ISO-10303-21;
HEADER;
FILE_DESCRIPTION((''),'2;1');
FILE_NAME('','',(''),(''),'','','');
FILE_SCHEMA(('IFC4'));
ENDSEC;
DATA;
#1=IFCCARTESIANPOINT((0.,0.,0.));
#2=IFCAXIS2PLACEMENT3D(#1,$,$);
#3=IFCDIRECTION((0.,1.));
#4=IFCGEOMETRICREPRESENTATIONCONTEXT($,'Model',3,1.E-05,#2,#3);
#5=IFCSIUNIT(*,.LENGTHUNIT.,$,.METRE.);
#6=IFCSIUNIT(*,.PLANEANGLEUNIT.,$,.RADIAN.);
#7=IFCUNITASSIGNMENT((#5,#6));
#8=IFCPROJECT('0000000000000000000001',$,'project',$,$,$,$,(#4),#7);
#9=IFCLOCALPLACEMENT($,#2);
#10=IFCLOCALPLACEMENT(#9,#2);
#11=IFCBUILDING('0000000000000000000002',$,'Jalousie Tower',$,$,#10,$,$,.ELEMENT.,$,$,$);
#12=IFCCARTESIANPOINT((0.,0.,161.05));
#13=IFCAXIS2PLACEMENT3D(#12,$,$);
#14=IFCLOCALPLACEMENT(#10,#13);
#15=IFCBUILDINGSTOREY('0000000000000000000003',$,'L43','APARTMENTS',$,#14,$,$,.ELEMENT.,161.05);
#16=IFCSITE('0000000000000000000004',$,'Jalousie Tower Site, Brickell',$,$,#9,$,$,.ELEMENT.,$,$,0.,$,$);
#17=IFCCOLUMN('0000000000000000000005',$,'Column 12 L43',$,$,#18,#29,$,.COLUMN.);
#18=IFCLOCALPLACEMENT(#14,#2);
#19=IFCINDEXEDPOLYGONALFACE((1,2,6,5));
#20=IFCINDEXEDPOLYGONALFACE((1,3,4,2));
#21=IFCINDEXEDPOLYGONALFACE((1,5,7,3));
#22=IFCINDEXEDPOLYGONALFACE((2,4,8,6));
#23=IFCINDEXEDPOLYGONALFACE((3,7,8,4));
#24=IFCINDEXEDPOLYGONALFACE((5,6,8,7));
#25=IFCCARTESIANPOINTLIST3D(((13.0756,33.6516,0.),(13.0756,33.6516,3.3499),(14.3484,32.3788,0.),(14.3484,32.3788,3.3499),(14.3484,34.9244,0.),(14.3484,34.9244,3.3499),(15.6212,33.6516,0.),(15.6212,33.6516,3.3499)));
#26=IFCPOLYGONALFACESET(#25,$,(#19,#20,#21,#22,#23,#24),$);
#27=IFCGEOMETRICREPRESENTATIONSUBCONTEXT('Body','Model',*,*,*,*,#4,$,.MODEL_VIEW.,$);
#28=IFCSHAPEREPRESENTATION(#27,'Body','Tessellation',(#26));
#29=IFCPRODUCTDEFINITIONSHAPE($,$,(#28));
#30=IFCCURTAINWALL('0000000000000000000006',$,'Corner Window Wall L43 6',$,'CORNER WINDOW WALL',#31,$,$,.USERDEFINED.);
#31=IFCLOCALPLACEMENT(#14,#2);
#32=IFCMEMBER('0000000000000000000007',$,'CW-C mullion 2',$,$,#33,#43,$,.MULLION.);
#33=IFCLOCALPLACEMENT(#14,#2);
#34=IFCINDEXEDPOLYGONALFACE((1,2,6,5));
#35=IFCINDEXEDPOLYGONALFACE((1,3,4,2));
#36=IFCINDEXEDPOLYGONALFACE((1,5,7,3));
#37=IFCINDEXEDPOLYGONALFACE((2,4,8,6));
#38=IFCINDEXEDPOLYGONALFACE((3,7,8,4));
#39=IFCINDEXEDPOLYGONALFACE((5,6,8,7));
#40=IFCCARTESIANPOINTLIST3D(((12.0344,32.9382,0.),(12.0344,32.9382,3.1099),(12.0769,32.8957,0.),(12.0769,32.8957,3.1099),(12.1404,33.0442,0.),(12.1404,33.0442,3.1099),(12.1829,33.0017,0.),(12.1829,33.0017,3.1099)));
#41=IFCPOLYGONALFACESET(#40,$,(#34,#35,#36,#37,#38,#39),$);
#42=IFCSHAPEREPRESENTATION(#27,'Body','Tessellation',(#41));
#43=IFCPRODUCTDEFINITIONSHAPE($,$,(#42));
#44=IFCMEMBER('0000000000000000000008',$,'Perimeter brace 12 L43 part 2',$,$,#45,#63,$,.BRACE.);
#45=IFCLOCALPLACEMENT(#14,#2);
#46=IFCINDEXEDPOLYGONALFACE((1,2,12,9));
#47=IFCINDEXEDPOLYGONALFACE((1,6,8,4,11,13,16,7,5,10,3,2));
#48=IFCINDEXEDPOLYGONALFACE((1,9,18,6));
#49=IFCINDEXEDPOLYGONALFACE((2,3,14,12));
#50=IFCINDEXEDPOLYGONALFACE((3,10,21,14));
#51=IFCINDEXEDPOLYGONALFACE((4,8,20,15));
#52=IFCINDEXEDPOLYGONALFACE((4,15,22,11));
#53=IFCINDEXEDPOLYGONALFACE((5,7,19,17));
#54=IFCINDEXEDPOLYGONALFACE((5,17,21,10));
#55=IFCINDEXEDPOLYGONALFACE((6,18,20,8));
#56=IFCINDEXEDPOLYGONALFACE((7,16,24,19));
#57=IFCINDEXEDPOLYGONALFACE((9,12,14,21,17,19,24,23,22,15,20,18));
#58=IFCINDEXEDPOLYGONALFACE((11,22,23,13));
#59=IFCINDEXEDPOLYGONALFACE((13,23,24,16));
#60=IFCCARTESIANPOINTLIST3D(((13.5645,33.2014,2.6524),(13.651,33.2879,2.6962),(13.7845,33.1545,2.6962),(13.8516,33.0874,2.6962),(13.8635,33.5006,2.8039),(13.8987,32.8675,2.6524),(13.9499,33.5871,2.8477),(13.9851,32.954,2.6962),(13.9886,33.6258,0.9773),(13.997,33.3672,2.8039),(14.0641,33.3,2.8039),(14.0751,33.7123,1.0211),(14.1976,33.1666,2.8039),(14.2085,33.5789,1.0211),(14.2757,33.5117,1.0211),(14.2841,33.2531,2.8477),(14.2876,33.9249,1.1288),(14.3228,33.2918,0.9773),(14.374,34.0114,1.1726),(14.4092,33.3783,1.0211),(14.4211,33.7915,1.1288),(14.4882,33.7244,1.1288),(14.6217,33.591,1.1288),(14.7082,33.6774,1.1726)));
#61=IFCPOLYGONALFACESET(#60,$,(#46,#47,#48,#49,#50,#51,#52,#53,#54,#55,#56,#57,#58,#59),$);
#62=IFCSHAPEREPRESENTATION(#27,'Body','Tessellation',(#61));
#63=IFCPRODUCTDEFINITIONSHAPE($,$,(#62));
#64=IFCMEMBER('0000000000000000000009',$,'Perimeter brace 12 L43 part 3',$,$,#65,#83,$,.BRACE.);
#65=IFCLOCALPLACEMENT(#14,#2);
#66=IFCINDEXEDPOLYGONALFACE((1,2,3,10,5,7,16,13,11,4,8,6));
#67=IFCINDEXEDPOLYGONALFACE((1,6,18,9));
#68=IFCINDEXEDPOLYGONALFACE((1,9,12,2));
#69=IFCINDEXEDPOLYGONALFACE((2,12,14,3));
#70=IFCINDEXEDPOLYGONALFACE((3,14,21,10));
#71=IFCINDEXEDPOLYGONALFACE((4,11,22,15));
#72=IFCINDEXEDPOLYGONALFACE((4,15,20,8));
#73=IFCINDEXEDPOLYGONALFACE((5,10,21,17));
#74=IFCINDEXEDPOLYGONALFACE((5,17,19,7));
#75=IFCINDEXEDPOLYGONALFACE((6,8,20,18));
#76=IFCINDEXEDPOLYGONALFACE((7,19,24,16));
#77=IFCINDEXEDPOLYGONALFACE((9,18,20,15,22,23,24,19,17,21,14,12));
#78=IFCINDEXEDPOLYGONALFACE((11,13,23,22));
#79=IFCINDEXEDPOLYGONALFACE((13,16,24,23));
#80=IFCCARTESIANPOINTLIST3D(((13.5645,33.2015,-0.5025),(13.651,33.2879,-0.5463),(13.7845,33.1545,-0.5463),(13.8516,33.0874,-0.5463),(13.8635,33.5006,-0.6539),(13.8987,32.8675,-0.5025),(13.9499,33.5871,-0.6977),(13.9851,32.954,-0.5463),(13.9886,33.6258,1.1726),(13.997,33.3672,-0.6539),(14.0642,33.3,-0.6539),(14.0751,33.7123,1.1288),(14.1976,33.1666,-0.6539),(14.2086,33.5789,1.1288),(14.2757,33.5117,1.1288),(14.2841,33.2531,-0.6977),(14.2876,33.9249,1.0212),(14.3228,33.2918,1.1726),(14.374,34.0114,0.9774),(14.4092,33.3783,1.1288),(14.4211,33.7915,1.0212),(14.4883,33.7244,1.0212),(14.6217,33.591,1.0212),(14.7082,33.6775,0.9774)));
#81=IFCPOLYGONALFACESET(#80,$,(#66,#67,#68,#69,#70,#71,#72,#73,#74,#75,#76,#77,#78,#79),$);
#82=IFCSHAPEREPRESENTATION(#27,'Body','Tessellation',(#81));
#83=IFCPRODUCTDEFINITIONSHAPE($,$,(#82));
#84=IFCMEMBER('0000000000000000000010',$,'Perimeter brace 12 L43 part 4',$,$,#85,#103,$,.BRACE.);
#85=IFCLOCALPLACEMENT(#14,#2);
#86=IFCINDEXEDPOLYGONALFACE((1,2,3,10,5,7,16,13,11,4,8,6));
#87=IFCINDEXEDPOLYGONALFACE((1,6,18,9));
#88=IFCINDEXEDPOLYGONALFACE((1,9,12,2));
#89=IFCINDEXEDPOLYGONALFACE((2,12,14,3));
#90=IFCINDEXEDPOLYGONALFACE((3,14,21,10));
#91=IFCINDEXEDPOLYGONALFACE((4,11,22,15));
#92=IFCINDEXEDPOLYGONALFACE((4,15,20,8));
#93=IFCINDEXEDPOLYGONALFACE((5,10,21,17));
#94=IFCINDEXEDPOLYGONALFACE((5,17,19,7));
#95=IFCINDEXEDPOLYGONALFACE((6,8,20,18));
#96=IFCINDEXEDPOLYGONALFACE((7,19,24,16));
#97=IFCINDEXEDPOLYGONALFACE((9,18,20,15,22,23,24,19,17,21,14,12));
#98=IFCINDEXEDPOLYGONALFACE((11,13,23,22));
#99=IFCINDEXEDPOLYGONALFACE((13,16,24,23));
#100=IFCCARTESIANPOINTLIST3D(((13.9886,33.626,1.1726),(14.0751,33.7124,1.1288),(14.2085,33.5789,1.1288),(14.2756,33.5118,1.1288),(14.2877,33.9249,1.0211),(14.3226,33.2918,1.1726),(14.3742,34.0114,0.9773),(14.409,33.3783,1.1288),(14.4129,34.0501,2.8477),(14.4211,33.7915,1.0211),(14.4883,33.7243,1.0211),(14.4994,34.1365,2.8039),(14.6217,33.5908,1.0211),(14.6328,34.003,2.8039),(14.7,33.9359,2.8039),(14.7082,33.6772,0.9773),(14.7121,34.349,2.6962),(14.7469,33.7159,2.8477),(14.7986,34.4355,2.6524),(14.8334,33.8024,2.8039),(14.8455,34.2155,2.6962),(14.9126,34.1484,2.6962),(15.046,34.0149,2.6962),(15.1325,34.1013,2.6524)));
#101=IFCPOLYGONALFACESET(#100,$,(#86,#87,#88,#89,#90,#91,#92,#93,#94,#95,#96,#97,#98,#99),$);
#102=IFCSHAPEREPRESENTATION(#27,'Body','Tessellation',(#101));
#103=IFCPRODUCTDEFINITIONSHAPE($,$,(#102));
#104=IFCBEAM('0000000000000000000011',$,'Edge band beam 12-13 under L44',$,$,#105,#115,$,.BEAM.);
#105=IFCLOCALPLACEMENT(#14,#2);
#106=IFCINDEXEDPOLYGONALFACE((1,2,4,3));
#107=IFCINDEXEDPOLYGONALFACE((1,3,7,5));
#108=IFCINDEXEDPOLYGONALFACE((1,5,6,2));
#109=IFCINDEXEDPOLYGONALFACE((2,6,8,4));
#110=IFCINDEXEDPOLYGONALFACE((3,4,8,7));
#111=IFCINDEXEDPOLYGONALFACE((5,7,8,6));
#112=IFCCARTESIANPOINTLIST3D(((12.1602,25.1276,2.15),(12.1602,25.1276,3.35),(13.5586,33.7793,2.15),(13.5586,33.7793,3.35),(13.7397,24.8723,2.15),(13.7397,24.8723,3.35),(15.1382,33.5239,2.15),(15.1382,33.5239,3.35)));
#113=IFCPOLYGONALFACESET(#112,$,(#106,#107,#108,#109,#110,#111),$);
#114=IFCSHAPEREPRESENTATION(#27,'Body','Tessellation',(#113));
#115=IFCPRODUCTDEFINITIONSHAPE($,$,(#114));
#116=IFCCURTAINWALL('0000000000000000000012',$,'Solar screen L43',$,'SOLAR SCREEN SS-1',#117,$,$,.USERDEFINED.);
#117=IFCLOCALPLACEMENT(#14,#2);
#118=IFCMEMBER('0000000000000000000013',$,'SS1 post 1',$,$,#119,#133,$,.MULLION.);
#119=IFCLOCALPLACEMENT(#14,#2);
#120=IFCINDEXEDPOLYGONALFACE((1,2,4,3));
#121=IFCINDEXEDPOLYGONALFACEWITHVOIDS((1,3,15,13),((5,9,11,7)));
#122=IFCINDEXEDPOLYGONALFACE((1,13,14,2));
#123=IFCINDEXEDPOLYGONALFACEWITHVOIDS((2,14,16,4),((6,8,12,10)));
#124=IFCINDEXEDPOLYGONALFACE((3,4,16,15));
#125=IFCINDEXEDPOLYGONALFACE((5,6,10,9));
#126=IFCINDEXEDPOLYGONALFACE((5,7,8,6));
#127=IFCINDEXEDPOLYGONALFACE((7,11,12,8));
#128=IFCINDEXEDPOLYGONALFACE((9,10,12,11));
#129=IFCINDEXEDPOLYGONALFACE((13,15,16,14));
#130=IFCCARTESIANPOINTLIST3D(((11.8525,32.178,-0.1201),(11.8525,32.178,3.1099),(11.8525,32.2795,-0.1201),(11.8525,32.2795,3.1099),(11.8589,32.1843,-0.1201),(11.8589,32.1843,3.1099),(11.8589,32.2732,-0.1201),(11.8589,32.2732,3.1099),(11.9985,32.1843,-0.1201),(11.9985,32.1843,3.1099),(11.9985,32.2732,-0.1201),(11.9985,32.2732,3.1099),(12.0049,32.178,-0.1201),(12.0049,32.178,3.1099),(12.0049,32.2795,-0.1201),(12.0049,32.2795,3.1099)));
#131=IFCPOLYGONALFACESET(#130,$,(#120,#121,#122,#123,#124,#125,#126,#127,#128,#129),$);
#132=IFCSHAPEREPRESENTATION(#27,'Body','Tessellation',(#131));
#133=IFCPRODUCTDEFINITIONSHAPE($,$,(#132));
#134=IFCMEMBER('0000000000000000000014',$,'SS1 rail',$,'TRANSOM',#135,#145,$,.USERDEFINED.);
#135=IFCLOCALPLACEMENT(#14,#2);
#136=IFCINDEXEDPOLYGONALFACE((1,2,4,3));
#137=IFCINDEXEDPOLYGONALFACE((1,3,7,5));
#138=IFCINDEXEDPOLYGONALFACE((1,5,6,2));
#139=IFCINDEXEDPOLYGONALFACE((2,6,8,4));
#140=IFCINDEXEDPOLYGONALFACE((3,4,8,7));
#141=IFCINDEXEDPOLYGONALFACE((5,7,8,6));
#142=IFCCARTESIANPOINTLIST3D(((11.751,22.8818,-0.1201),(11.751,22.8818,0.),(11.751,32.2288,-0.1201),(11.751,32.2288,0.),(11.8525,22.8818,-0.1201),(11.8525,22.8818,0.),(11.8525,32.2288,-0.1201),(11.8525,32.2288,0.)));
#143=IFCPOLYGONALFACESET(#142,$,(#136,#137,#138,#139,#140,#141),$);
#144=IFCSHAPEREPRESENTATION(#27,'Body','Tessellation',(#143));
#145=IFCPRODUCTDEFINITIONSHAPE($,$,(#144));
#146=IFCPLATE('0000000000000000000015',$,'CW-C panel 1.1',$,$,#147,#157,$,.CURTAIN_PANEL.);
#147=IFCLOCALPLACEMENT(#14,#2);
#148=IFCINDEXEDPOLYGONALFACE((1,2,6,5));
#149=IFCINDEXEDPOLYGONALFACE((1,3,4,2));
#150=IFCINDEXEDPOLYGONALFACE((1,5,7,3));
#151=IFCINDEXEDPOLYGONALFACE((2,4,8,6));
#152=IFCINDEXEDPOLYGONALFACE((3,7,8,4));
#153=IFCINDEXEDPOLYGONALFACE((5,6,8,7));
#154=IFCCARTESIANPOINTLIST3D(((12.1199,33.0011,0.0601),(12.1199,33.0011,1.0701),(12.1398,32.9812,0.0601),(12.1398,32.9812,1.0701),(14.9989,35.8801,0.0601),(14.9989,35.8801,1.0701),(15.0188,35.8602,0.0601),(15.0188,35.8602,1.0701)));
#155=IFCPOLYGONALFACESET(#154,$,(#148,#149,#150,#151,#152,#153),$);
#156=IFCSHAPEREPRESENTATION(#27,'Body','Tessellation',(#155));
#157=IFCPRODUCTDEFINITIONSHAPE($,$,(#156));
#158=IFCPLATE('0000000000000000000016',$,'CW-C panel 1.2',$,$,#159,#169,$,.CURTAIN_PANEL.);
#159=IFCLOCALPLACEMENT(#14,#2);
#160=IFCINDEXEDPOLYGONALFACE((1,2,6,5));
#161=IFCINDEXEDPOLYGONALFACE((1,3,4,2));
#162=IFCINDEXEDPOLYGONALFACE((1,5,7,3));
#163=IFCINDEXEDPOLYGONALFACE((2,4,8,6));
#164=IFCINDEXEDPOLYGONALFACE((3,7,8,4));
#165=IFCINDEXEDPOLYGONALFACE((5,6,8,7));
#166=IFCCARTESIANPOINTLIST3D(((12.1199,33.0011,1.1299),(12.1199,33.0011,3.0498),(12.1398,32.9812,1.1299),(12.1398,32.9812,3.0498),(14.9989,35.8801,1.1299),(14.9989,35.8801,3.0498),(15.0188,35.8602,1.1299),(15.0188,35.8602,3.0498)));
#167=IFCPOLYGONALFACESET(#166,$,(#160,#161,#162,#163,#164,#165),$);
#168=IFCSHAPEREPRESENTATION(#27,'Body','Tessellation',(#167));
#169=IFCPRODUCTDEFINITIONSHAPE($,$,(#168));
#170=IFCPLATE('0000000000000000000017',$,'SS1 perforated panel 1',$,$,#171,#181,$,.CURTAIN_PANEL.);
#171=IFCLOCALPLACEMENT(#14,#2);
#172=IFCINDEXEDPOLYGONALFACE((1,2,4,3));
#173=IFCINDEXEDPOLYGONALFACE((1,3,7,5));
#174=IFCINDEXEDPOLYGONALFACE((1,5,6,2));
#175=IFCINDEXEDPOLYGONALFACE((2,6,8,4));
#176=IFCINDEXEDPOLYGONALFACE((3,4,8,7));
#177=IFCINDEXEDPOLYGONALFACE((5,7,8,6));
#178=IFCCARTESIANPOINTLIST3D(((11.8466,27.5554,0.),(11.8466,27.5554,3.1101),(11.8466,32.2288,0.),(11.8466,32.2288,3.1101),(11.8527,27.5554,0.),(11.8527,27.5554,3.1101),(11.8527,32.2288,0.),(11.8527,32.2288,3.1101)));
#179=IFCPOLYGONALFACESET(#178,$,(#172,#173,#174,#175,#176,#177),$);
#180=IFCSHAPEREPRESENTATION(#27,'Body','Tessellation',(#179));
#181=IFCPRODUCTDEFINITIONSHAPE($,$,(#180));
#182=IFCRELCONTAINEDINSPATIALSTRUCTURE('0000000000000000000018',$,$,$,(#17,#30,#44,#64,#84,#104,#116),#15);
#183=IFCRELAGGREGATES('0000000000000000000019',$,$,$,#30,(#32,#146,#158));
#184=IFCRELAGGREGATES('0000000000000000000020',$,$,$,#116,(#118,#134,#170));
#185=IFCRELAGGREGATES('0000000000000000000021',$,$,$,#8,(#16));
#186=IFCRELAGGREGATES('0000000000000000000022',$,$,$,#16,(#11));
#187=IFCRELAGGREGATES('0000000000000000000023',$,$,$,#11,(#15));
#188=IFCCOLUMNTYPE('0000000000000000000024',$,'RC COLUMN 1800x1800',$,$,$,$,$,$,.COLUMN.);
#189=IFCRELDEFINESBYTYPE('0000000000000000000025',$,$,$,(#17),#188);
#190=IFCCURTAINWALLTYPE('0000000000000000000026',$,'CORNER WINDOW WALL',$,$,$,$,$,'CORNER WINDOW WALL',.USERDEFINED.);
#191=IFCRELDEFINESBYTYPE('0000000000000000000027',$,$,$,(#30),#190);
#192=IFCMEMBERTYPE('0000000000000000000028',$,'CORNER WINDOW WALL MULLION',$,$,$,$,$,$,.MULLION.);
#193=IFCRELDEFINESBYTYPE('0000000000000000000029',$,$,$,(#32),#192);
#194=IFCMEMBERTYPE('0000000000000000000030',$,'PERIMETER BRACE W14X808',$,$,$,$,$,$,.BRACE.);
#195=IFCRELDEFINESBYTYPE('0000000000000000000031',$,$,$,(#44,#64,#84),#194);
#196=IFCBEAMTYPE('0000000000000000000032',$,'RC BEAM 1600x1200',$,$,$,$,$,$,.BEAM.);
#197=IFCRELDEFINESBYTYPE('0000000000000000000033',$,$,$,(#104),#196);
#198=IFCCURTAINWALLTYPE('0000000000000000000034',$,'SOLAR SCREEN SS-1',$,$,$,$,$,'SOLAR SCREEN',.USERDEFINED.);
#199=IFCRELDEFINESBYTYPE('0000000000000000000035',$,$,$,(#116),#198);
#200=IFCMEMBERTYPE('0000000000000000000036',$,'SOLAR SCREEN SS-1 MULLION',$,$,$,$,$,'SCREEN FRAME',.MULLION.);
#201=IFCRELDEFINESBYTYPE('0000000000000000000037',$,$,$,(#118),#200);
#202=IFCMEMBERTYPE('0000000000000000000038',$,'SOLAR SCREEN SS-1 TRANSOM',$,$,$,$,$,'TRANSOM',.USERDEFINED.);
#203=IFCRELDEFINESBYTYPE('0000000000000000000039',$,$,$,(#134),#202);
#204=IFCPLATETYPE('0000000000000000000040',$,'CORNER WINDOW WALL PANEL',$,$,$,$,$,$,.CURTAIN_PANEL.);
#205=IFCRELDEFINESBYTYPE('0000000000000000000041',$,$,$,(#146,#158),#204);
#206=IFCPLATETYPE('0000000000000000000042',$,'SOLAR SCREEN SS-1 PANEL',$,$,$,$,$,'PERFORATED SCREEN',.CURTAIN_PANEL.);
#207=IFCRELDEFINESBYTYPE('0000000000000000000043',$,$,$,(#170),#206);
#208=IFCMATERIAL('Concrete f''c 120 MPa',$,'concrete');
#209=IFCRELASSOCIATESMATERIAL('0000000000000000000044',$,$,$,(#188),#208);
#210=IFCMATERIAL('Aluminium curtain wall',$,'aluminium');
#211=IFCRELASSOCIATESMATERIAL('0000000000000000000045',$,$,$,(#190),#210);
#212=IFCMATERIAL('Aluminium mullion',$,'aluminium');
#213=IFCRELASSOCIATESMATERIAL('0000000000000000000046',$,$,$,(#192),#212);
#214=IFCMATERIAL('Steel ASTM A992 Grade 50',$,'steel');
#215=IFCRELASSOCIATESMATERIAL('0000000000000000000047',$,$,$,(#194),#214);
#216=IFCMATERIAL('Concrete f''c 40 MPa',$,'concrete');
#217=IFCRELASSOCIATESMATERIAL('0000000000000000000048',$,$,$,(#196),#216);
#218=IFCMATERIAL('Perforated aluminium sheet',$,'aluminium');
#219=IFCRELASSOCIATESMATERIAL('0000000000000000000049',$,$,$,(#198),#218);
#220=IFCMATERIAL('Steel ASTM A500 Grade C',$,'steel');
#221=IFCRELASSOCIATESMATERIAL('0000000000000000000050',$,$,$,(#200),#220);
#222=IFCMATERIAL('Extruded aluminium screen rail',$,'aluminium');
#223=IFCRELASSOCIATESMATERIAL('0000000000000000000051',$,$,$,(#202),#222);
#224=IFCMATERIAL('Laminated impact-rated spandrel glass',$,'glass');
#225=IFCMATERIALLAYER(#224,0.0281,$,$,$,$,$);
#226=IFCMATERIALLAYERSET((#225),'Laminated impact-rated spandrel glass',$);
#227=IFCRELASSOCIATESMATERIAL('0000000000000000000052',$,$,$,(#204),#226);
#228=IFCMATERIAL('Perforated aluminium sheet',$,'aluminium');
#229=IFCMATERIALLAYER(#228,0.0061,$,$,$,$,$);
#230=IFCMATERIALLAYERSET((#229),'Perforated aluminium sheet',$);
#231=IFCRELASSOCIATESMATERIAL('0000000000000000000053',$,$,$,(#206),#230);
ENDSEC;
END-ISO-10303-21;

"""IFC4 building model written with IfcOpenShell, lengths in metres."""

from ifc_helpers import new_model, si_unit, direction, frame, origin, origin_2d, place, context, subcontext, project, spatial, rectangle, hollow_rectangle, i_section, extrude, material, layer, layer_set, material_profile, profile_set, type_object, element, aggregate, save


model = new_model("IFC4")

# Units and contexts
model_context = context("Model", 3, precision=1e-05, world=origin(), true_north=direction((0.0, 1.0)))
body_context = subcontext(model_context, "Body", "Model", "MODEL_VIEW")
ifc_project = project(units=[si_unit("LENGTHUNIT", "METRE"), si_unit("PLANEANGLEUNIT", "RADIAN")], contexts=[model_context])

# Site, building, storey
site_placement = place(None, origin())
site = spatial("IfcSite", under=ifc_project, at=site_placement, Name="Jalousie Tower Site, Brickell", CompositionType="ELEMENT", RefElevation=0.0)
building_placement = place(site_placement, origin())
building = spatial("IfcBuilding", under=site, at=building_placement, Name="Jalousie Tower", CompositionType="ELEMENT")
storey_placement = place(building_placement, frame((0.0, 0.0, 161.05)))
storey = spatial("IfcBuildingStorey", under=building, at=storey_placement, Name="L43", Description="APARTMENTS", CompositionType="ELEMENT", Elevation=161.05)

# Column
ifc_material_1 = material(Name="Concrete f'c 120 MPa", Category="concrete")
ifc_material_profile_1 = material_profile(ifc_material_1, rectangle(XDim=1.8, YDim=1.8, at=origin_2d()), Name="RC 1800x1800")
ifc_profile_set_1 = profile_set([ifc_material_profile_1], Name="Concrete f'c 120 MPa")
column_type = type_object("IfcColumnType", Name="RC COLUMN 1800x1800", PredefinedType="COLUMN", material=ifc_profile_set_1)
column_placement = place(storey_placement, frame((14.3484, 33.6516, 0.0), z_axis=(0.0, 0.0, 1.0), x_axis=(0.707107, 0.707107, 0.0)))
element("IfcColumn", 1, at=column_placement, inside=storey, type_object=column_type, Name="Column 12 L43", PredefinedType="COLUMN", context=body_context, shape_type="SweptSolid", body=[
    extrude(rectangle(XDim=1.8, YDim=1.8, at=origin_2d()), origin(), (0.0, 0.0, 1.0), 3.3499),
])

# Curtain wall, member
ifc_material_2 = material(Name="Aluminium curtain wall", Category="aluminium")
curtain_wall_type_1 = type_object("IfcCurtainWallType", Name="CORNER WINDOW WALL", ElementType="CORNER WINDOW WALL", PredefinedType="USERDEFINED", material=ifc_material_2)
curtain_wall_1_placement = place(storey_placement, origin())
curtain_wall_1 = element("IfcCurtainWall", 2, at=curtain_wall_1_placement, inside=storey, type_object=curtain_wall_type_1, Name="Corner Window Wall L43 6", ObjectType="CORNER WINDOW WALL", PredefinedType="USERDEFINED")
ifc_material_3 = material(Name="Aluminium mullion", Category="aluminium")
ifc_material_profile_2 = material_profile(ifc_material_3, rectangle(XDim=0.0601, YDim=0.1499, at=origin_2d()), Name="MULLION 60x150")
ifc_profile_set_2 = profile_set([ifc_material_profile_2], Name="Aluminium mullion")
member_type_1 = type_object("IfcMemberType", Name="CORNER WINDOW WALL MULLION", PredefinedType="MULLION", material=ifc_profile_set_2)
member_1_placement = place(storey_placement, frame((12.1086, 32.97, 0.0), z_axis=(0.0, 0.0, 1.0), x_axis=(0.707107, -0.707107, 0.0)))
member_1 = element("IfcMember", 3, at=member_1_placement, type_object=member_type_1, Name="CW-C mullion 2", PredefinedType="MULLION", context=body_context, shape_type="SweptSolid", body=[
    extrude(rectangle(XDim=0.0601, YDim=0.1499, at=origin_2d()), origin(), (0.0, 0.0, 1.0), 3.1099),
])

# Members
ifc_material_4 = material(Name="Steel ASTM A992 Grade 50", Category="steel")
ifc_material_profile_3 = material_profile(ifc_material_4, i_section(OverallWidth=0.4724, OverallDepth=0.5791, WebThickness=0.095, FlangeThickness=0.1299, at=origin_2d()), Name="W14X808")
ifc_profile_set_3 = profile_set([ifc_material_profile_3], Name="Steel ASTM A992 Grade 50")
member_type_2 = type_object("IfcMemberType", Name="PERIMETER BRACE W14X808", PredefinedType="BRACE", material=ifc_profile_set_3)
for number, where, z_axis, x_axis, name in (
    (4, (14.3484, 33.6516, 1.075), (-0.238346, -0.238483, 0.941444), (0.70731, -0.706903, 0.0), "Perimeter brace 12 L43 part 2"),
    (5, (13.9243, 33.2273, -0.6001), (0.238346, 0.238483, 0.941444), (-0.70731, 0.706903, 0.0), "Perimeter brace 12 L43 part 3"),
    (6, (14.3484, 33.6516, 1.075), (0.238483, 0.238346, 0.941444), (-0.706903, 0.70731, 0.0), "Perimeter brace 12 L43 part 4"),
):
    element("IfcMember", number, at=place(storey_placement, frame(where, z_axis=z_axis, x_axis=x_axis)), inside=storey, type_object=member_type_2, Name=name, PredefinedType="BRACE", context=body_context, shape_type="SweptSolid", body=[
        extrude(i_section(OverallWidth=0.4724, OverallDepth=0.5791, WebThickness=0.095, FlangeThickness=0.1299, at=origin_2d()), origin(), (0.0, 0.0, 1.0), 1.7793),
    ])

# Beam
ifc_material_5 = material(Name="Concrete f'c 40 MPa", Category="concrete")
ifc_material_profile_4 = material_profile(ifc_material_5, rectangle(XDim=1.6001, YDim=1.2, at=origin_2d()), Name="RC 1600x1200")
ifc_profile_set_4 = profile_set([ifc_material_profile_4], Name="Concrete f'c 40 MPa")
beam_type = type_object("IfcBeamType", Name="RC BEAM 1600x1200", PredefinedType="BEAM", material=ifc_profile_set_4)
beam_placement = place(storey_placement, frame((14.3484, 33.6516, 2.75), z_axis=(-0.159568, -0.987187, 0.0), x_axis=(0.987187, -0.159568, 0.0)))
element("IfcBeam", 7, at=beam_placement, inside=storey, type_object=beam_type, Name="Edge band beam 12-13 under L44", PredefinedType="BEAM", context=body_context, shape_type="SweptSolid", body=[
    extrude(rectangle(XDim=1.6001, YDim=1.2, at=origin_2d()), origin(), (0.0, 0.0, 1.0), 8.7639),
])

# Curtain wall, members
ifc_material_6 = material(Name="Perforated aluminium sheet", Category="aluminium")
curtain_wall_type_2 = type_object("IfcCurtainWallType", Name="SOLAR SCREEN SS-1", ElementType="SOLAR SCREEN", PredefinedType="USERDEFINED", material=ifc_material_6)
curtain_wall_2_placement = place(storey_placement, origin())
curtain_wall_2 = element("IfcCurtainWall", 8, at=curtain_wall_2_placement, inside=storey, type_object=curtain_wall_type_2, Name="Solar screen L43", ObjectType="SOLAR SCREEN SS-1", PredefinedType="USERDEFINED")
ifc_material_7 = material(Name="Steel ASTM A500 Grade C", Category="steel")
ifc_material_profile_5 = material_profile(ifc_material_7, hollow_rectangle(XDim=0.1016, YDim=0.1523, WallThickness=0.0063, at=origin_2d()), Name="HSS6X4X1/4")
ifc_profile_set_5 = profile_set([ifc_material_profile_5], Name="Steel ASTM A500 Grade C")
member_type_3 = type_object("IfcMemberType", Name="SOLAR SCREEN SS-1 MULLION", ElementType="SCREEN FRAME", PredefinedType="MULLION", material=ifc_profile_set_5)
member_2_placement = place(storey_placement, frame((11.9287, 32.2288, -0.1201), z_axis=(0.0, 0.0, 1.0), x_axis=(0.0, -1.0, 0.0)))
member_2 = element("IfcMember", 9, at=member_2_placement, type_object=member_type_3, Name="SS1 post 1", PredefinedType="MULLION", context=body_context, shape_type="SweptSolid", body=[
    extrude(hollow_rectangle(XDim=0.1016, YDim=0.1523, WallThickness=0.0063, at=origin_2d()), origin(), (0.0, 0.0, 1.0), 3.23),
])
ifc_material_8 = material(Name="Extruded aluminium screen rail", Category="aluminium")
ifc_material_profile_6 = material_profile(ifc_material_8, rectangle(XDim=0.1016, YDim=0.1201, at=origin_2d()), Name="RAIL 102x120")
ifc_profile_set_6 = profile_set([ifc_material_profile_6], Name="Extruded aluminium screen rail")
member_type_4 = type_object("IfcMemberType", Name="SOLAR SCREEN SS-1 TRANSOM", ElementType="TRANSOM", PredefinedType="USERDEFINED", material=ifc_profile_set_6)
member_3_placement = place(storey_placement, frame((11.8018, 32.2288, -0.0601), z_axis=(0.0, -1.0, 0.0), x_axis=(1.0, 0.0, 0.0)))
member_3 = element("IfcMember", 10, at=member_3_placement, type_object=member_type_4, Name="SS1 rail", ObjectType="TRANSOM", PredefinedType="USERDEFINED", context=body_context, shape_type="SweptSolid", body=[
    extrude(rectangle(XDim=0.1016, YDim=0.1201, at=origin_2d()), origin(), (0.0, 0.0, 1.0), 9.3469),
])

# Plates
ifc_material_9 = material(Name="Laminated impact-rated spandrel glass", Category="glass")
ifc_layer_1 = layer(ifc_material_9, 0.0281)
ifc_layer_set_1 = layer_set([ifc_layer_1], Name="Laminated impact-rated spandrel glass")
plate_type_1 = type_object("IfcPlateType", Name="CORNER WINDOW WALL PANEL", PredefinedType="CURTAIN_PANEL", material=ifc_layer_set_1)
plate_1_placement = place(storey_placement, frame((13.5693, 34.4307, 0.0601), z_axis=(0.0, 0.0, 1.0), x_axis=(-0.707107, -0.707107, 0.0)))
plate_1 = element("IfcPlate", 11, at=plate_1_placement, type_object=plate_type_1, Name="CW-C panel 1.1", PredefinedType="CURTAIN_PANEL", context=body_context, shape_type="SweptSolid", body=[
    extrude(rectangle(XDim=4.0715, YDim=0.0281, at=origin_2d()), origin(), (0.0, 0.0, 1.0), 1.01),
])
plate_2_placement = place(storey_placement, frame((13.5693, 34.4307, 1.1299), z_axis=(0.0, 0.0, 1.0), x_axis=(-0.707107, -0.707107, 0.0)))
plate_2 = element("IfcPlate", 12, at=plate_2_placement, type_object=plate_type_1, Name="CW-C panel 1.2", PredefinedType="CURTAIN_PANEL", context=body_context, shape_type="SweptSolid", body=[
    extrude(rectangle(XDim=4.0715, YDim=0.0281, at=origin_2d()), origin(), (0.0, 0.0, 1.0), 1.9199),
])
aggregate(curtain_wall_1, [member_1, plate_1, plate_2])
ifc_material_10 = material(Name="Perforated aluminium sheet", Category="aluminium")
ifc_layer_2 = layer(ifc_material_10, 0.0061)
ifc_layer_set_2 = layer_set([ifc_layer_2], Name="Perforated aluminium sheet")
plate_type_2 = type_object("IfcPlateType", Name="SOLAR SCREEN SS-1 PANEL", ElementType="PERFORATED SCREEN", PredefinedType="CURTAIN_PANEL", material=ifc_layer_set_2)
plate_3_placement = place(storey_placement, frame((11.8496, 29.8921, 0.0), z_axis=(0.0, 0.0, 1.0), x_axis=(0.0, -1.0, 0.0)))
plate_3 = element("IfcPlate", 13, at=plate_3_placement, type_object=plate_type_2, Name="SS1 perforated panel 1", PredefinedType="CURTAIN_PANEL", context=body_context, shape_type="SweptSolid", body=[
    extrude(rectangle(XDim=4.6733, YDim=0.0061, at=origin_2d()), origin(), (0.0, 0.0, 1.0), 3.1101),
])
aggregate(curtain_wall_2, [member_2, member_3, plate_3])

save(model, "model.ifc")
